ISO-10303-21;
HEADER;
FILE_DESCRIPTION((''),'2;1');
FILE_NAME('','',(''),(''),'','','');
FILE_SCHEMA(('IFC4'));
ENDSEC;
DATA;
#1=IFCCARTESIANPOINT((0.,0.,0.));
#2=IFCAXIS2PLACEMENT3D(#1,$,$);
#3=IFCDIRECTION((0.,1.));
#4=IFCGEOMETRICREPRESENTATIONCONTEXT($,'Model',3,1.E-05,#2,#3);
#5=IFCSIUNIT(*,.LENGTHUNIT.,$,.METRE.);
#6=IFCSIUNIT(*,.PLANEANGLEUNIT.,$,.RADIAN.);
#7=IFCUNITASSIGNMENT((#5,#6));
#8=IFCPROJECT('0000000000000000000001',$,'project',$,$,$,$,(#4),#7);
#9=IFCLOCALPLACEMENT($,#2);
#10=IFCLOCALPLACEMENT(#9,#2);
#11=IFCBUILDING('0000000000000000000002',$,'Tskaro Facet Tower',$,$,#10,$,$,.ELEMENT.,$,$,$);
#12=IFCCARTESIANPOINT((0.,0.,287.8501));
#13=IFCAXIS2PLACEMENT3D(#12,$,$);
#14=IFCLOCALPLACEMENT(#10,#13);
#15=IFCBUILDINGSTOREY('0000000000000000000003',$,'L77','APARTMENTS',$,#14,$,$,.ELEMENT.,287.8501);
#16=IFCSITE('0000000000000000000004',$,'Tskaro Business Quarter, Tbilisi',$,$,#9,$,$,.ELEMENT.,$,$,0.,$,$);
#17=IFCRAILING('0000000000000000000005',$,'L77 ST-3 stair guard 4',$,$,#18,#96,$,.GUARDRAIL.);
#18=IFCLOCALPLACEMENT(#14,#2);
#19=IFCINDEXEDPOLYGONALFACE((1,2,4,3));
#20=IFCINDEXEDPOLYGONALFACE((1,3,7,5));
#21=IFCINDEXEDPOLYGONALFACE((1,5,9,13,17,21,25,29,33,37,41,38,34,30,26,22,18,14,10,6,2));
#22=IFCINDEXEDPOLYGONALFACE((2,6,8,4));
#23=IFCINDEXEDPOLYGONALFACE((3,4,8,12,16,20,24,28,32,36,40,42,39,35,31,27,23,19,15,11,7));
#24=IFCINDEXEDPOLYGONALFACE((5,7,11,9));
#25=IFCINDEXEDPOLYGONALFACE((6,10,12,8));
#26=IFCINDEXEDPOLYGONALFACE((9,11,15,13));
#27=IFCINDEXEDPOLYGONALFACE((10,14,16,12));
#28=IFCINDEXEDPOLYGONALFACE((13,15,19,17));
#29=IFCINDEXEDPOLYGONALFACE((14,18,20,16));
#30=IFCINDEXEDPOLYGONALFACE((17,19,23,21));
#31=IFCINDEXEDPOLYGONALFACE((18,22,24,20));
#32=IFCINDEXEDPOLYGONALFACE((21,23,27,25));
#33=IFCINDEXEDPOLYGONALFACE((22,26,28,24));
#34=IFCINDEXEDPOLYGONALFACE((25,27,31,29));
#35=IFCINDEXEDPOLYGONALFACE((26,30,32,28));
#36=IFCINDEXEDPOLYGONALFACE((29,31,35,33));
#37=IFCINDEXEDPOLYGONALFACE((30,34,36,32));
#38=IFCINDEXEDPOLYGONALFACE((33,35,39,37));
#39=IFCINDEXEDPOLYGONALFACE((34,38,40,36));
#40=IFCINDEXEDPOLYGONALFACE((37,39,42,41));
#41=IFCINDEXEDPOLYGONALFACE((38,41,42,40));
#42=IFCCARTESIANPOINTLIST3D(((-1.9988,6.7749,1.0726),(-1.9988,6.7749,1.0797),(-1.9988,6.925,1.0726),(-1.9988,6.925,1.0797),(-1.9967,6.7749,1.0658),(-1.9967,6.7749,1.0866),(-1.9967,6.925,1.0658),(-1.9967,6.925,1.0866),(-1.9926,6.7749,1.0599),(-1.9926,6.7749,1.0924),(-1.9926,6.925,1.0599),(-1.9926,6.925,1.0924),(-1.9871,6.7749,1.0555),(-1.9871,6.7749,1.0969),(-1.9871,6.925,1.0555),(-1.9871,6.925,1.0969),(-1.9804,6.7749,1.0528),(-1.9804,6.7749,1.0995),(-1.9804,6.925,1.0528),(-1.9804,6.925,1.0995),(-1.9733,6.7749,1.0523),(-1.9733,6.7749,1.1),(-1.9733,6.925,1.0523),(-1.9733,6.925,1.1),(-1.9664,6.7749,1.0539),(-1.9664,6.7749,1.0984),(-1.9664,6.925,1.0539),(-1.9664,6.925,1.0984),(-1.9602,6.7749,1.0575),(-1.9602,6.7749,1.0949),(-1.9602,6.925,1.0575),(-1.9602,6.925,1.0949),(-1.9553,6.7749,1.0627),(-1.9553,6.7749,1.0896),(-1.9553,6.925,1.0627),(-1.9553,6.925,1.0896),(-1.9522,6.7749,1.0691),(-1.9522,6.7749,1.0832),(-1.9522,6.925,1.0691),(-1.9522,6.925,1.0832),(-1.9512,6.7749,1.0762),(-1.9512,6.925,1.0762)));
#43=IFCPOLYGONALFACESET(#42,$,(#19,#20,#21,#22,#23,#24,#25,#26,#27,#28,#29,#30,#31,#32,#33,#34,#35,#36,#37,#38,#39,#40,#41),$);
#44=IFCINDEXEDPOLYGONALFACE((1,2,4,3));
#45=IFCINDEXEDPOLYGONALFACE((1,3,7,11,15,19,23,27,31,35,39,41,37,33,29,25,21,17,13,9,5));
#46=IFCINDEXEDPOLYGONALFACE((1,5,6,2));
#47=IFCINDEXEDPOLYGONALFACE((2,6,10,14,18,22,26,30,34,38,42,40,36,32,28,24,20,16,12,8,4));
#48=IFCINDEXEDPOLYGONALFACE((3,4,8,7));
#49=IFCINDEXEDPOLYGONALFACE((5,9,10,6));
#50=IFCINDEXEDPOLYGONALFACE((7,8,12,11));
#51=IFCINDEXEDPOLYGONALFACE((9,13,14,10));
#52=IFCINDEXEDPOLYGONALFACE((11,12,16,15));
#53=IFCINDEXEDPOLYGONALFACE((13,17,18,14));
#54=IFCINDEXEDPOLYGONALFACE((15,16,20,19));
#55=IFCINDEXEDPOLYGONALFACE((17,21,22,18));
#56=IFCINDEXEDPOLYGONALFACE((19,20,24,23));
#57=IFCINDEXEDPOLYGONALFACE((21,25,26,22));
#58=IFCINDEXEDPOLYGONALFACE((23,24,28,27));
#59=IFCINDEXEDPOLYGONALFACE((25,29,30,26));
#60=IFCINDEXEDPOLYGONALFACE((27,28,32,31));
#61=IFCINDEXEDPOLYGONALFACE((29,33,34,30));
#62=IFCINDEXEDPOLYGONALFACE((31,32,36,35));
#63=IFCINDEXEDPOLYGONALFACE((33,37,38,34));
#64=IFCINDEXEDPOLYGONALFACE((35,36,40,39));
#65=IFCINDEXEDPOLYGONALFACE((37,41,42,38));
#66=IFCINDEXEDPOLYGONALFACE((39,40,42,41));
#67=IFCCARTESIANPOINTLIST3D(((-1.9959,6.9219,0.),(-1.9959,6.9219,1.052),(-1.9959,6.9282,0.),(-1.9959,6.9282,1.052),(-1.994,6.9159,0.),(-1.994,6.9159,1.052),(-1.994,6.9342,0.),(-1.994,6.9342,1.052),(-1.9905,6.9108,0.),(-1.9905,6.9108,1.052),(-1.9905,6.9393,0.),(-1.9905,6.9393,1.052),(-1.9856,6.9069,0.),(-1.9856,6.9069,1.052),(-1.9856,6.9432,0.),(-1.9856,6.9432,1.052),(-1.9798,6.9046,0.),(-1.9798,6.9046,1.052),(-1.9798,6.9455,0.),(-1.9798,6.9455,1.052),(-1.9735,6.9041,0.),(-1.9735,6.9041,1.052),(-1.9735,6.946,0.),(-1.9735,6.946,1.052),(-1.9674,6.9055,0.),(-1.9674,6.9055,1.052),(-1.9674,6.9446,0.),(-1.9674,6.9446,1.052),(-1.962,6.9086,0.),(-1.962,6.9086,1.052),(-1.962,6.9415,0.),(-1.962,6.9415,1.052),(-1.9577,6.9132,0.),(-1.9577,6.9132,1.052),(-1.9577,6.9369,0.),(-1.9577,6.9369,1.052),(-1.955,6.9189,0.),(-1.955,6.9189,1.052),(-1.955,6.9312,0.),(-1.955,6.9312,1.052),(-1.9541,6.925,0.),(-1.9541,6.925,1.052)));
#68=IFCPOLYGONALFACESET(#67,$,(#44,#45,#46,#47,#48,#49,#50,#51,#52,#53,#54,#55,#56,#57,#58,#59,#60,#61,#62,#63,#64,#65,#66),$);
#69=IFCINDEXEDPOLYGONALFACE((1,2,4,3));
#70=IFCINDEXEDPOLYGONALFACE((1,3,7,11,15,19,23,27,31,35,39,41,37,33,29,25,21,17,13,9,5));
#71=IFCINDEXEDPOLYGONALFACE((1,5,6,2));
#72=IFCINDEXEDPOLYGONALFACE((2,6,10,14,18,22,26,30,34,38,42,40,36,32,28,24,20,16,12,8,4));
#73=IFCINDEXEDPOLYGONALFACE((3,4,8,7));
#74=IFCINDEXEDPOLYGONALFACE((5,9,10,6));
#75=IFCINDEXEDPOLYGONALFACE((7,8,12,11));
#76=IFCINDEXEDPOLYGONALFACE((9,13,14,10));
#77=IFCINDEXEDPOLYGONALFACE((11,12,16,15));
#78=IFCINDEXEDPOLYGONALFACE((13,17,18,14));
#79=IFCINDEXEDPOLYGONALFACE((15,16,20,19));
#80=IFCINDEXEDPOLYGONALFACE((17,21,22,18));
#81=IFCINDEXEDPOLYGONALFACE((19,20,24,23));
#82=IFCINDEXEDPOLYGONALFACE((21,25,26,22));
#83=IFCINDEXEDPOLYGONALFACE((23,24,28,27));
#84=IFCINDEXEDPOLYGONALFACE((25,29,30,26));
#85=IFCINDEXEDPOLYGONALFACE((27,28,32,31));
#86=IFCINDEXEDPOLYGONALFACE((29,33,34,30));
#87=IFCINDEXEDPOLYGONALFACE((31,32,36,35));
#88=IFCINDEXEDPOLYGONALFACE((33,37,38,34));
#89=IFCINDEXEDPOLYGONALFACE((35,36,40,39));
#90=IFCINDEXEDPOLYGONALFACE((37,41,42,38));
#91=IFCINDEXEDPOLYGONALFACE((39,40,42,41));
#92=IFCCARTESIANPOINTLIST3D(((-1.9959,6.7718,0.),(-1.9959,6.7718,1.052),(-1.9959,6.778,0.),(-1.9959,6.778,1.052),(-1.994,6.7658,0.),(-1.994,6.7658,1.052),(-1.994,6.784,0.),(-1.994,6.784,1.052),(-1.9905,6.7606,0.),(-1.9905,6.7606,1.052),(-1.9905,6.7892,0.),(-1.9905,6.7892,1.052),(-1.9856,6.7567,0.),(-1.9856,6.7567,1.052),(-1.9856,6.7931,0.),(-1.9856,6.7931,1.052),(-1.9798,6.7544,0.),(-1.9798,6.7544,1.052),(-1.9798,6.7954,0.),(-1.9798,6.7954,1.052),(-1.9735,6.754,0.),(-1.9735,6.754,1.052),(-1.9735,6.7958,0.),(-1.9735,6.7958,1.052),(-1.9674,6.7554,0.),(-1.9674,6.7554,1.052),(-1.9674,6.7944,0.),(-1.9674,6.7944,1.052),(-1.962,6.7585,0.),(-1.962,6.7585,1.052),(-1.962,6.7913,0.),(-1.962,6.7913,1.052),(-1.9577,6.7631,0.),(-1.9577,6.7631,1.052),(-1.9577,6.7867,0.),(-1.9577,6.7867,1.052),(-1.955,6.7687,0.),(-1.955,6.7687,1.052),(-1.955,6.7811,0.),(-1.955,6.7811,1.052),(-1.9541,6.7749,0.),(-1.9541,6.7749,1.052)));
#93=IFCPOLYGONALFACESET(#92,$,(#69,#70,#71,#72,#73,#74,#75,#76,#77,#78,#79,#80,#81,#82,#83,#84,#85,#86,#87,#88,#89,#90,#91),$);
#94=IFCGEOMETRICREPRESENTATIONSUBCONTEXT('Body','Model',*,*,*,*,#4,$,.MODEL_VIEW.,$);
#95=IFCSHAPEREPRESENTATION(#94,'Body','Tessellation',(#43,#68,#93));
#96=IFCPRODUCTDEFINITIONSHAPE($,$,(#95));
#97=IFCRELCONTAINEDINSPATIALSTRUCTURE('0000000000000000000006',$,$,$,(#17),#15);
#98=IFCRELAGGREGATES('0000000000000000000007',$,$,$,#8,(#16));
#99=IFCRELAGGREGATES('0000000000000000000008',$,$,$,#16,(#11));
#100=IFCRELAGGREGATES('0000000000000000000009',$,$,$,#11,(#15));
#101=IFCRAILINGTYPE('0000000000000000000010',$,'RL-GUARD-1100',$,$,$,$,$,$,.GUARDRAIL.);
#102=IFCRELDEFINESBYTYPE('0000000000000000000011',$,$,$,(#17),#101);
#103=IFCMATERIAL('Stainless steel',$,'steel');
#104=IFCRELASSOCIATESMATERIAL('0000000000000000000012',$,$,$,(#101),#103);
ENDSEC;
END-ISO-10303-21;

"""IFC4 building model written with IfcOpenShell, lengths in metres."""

from ifc_helpers import new_model, si_unit, direction, frame, origin, origin_2d, place, context, subcontext, project, spatial, circle, extrude, material, type_object, element, save


model = new_model("IFC4")

# Units and contexts
model_context = context("Model", 3, precision=1e-05, world=origin(), true_north=direction((0.0, 1.0)))
body_context = subcontext(model_context, "Body", "Model", "MODEL_VIEW")
ifc_project = project(units=[si_unit("LENGTHUNIT", "METRE"), si_unit("PLANEANGLEUNIT", "RADIAN")], contexts=[model_context])

# Site, building, storey
site_placement = place(None, origin())
site = spatial("IfcSite", under=ifc_project, at=site_placement, Name="Tskaro Business Quarter, Tbilisi", CompositionType="ELEMENT", RefElevation=0.0)
building_placement = place(site_placement, origin())
building = spatial("IfcBuilding", under=site, at=building_placement, Name="Tskaro Facet Tower", CompositionType="ELEMENT")
storey_placement = place(building_placement, frame((0.0, 0.0, 287.8501)))
storey = spatial("IfcBuildingStorey", under=building, at=storey_placement, Name="L77", Description="APARTMENTS", CompositionType="ELEMENT", Elevation=287.8501)

# Railing
ifc_material_1 = material(Name="Stainless steel", Category="steel")
railing_type_1 = type_object("IfcRailingType", Name="RL-GUARD-1100", PredefinedType="GUARDRAIL", material=ifc_material_1)
railing_1_placement = place(storey_placement, frame((-1.9751, 6.925, 0.0)))
element("IfcRailing", 1, at=railing_1_placement, inside=storey, type_object=railing_type_1, Name="L77 ST-3 stair guard 4", PredefinedType="GUARDRAIL", context=body_context, shape_type="SweptSolid", body=[
    extrude(circle(Radius=0.0239, at=origin_2d()), frame((0.0, 0.0, 1.0762), z_axis=(0.0, -1.0, 0.0), x_axis=(1.0, 0.0, 0.0)), (0.0, 0.0, 1.0), 0.1501),
    extrude(circle(Radius=0.021, at=origin_2d()), origin(), (0.0, 0.0, 1.0), 1.052),
    extrude(circle(Radius=0.021, at=origin_2d()), frame((0.0, -0.1501, 0.0)), (0.0, 0.0, 1.0), 1.052),
])

save(model, "model.ifc")
